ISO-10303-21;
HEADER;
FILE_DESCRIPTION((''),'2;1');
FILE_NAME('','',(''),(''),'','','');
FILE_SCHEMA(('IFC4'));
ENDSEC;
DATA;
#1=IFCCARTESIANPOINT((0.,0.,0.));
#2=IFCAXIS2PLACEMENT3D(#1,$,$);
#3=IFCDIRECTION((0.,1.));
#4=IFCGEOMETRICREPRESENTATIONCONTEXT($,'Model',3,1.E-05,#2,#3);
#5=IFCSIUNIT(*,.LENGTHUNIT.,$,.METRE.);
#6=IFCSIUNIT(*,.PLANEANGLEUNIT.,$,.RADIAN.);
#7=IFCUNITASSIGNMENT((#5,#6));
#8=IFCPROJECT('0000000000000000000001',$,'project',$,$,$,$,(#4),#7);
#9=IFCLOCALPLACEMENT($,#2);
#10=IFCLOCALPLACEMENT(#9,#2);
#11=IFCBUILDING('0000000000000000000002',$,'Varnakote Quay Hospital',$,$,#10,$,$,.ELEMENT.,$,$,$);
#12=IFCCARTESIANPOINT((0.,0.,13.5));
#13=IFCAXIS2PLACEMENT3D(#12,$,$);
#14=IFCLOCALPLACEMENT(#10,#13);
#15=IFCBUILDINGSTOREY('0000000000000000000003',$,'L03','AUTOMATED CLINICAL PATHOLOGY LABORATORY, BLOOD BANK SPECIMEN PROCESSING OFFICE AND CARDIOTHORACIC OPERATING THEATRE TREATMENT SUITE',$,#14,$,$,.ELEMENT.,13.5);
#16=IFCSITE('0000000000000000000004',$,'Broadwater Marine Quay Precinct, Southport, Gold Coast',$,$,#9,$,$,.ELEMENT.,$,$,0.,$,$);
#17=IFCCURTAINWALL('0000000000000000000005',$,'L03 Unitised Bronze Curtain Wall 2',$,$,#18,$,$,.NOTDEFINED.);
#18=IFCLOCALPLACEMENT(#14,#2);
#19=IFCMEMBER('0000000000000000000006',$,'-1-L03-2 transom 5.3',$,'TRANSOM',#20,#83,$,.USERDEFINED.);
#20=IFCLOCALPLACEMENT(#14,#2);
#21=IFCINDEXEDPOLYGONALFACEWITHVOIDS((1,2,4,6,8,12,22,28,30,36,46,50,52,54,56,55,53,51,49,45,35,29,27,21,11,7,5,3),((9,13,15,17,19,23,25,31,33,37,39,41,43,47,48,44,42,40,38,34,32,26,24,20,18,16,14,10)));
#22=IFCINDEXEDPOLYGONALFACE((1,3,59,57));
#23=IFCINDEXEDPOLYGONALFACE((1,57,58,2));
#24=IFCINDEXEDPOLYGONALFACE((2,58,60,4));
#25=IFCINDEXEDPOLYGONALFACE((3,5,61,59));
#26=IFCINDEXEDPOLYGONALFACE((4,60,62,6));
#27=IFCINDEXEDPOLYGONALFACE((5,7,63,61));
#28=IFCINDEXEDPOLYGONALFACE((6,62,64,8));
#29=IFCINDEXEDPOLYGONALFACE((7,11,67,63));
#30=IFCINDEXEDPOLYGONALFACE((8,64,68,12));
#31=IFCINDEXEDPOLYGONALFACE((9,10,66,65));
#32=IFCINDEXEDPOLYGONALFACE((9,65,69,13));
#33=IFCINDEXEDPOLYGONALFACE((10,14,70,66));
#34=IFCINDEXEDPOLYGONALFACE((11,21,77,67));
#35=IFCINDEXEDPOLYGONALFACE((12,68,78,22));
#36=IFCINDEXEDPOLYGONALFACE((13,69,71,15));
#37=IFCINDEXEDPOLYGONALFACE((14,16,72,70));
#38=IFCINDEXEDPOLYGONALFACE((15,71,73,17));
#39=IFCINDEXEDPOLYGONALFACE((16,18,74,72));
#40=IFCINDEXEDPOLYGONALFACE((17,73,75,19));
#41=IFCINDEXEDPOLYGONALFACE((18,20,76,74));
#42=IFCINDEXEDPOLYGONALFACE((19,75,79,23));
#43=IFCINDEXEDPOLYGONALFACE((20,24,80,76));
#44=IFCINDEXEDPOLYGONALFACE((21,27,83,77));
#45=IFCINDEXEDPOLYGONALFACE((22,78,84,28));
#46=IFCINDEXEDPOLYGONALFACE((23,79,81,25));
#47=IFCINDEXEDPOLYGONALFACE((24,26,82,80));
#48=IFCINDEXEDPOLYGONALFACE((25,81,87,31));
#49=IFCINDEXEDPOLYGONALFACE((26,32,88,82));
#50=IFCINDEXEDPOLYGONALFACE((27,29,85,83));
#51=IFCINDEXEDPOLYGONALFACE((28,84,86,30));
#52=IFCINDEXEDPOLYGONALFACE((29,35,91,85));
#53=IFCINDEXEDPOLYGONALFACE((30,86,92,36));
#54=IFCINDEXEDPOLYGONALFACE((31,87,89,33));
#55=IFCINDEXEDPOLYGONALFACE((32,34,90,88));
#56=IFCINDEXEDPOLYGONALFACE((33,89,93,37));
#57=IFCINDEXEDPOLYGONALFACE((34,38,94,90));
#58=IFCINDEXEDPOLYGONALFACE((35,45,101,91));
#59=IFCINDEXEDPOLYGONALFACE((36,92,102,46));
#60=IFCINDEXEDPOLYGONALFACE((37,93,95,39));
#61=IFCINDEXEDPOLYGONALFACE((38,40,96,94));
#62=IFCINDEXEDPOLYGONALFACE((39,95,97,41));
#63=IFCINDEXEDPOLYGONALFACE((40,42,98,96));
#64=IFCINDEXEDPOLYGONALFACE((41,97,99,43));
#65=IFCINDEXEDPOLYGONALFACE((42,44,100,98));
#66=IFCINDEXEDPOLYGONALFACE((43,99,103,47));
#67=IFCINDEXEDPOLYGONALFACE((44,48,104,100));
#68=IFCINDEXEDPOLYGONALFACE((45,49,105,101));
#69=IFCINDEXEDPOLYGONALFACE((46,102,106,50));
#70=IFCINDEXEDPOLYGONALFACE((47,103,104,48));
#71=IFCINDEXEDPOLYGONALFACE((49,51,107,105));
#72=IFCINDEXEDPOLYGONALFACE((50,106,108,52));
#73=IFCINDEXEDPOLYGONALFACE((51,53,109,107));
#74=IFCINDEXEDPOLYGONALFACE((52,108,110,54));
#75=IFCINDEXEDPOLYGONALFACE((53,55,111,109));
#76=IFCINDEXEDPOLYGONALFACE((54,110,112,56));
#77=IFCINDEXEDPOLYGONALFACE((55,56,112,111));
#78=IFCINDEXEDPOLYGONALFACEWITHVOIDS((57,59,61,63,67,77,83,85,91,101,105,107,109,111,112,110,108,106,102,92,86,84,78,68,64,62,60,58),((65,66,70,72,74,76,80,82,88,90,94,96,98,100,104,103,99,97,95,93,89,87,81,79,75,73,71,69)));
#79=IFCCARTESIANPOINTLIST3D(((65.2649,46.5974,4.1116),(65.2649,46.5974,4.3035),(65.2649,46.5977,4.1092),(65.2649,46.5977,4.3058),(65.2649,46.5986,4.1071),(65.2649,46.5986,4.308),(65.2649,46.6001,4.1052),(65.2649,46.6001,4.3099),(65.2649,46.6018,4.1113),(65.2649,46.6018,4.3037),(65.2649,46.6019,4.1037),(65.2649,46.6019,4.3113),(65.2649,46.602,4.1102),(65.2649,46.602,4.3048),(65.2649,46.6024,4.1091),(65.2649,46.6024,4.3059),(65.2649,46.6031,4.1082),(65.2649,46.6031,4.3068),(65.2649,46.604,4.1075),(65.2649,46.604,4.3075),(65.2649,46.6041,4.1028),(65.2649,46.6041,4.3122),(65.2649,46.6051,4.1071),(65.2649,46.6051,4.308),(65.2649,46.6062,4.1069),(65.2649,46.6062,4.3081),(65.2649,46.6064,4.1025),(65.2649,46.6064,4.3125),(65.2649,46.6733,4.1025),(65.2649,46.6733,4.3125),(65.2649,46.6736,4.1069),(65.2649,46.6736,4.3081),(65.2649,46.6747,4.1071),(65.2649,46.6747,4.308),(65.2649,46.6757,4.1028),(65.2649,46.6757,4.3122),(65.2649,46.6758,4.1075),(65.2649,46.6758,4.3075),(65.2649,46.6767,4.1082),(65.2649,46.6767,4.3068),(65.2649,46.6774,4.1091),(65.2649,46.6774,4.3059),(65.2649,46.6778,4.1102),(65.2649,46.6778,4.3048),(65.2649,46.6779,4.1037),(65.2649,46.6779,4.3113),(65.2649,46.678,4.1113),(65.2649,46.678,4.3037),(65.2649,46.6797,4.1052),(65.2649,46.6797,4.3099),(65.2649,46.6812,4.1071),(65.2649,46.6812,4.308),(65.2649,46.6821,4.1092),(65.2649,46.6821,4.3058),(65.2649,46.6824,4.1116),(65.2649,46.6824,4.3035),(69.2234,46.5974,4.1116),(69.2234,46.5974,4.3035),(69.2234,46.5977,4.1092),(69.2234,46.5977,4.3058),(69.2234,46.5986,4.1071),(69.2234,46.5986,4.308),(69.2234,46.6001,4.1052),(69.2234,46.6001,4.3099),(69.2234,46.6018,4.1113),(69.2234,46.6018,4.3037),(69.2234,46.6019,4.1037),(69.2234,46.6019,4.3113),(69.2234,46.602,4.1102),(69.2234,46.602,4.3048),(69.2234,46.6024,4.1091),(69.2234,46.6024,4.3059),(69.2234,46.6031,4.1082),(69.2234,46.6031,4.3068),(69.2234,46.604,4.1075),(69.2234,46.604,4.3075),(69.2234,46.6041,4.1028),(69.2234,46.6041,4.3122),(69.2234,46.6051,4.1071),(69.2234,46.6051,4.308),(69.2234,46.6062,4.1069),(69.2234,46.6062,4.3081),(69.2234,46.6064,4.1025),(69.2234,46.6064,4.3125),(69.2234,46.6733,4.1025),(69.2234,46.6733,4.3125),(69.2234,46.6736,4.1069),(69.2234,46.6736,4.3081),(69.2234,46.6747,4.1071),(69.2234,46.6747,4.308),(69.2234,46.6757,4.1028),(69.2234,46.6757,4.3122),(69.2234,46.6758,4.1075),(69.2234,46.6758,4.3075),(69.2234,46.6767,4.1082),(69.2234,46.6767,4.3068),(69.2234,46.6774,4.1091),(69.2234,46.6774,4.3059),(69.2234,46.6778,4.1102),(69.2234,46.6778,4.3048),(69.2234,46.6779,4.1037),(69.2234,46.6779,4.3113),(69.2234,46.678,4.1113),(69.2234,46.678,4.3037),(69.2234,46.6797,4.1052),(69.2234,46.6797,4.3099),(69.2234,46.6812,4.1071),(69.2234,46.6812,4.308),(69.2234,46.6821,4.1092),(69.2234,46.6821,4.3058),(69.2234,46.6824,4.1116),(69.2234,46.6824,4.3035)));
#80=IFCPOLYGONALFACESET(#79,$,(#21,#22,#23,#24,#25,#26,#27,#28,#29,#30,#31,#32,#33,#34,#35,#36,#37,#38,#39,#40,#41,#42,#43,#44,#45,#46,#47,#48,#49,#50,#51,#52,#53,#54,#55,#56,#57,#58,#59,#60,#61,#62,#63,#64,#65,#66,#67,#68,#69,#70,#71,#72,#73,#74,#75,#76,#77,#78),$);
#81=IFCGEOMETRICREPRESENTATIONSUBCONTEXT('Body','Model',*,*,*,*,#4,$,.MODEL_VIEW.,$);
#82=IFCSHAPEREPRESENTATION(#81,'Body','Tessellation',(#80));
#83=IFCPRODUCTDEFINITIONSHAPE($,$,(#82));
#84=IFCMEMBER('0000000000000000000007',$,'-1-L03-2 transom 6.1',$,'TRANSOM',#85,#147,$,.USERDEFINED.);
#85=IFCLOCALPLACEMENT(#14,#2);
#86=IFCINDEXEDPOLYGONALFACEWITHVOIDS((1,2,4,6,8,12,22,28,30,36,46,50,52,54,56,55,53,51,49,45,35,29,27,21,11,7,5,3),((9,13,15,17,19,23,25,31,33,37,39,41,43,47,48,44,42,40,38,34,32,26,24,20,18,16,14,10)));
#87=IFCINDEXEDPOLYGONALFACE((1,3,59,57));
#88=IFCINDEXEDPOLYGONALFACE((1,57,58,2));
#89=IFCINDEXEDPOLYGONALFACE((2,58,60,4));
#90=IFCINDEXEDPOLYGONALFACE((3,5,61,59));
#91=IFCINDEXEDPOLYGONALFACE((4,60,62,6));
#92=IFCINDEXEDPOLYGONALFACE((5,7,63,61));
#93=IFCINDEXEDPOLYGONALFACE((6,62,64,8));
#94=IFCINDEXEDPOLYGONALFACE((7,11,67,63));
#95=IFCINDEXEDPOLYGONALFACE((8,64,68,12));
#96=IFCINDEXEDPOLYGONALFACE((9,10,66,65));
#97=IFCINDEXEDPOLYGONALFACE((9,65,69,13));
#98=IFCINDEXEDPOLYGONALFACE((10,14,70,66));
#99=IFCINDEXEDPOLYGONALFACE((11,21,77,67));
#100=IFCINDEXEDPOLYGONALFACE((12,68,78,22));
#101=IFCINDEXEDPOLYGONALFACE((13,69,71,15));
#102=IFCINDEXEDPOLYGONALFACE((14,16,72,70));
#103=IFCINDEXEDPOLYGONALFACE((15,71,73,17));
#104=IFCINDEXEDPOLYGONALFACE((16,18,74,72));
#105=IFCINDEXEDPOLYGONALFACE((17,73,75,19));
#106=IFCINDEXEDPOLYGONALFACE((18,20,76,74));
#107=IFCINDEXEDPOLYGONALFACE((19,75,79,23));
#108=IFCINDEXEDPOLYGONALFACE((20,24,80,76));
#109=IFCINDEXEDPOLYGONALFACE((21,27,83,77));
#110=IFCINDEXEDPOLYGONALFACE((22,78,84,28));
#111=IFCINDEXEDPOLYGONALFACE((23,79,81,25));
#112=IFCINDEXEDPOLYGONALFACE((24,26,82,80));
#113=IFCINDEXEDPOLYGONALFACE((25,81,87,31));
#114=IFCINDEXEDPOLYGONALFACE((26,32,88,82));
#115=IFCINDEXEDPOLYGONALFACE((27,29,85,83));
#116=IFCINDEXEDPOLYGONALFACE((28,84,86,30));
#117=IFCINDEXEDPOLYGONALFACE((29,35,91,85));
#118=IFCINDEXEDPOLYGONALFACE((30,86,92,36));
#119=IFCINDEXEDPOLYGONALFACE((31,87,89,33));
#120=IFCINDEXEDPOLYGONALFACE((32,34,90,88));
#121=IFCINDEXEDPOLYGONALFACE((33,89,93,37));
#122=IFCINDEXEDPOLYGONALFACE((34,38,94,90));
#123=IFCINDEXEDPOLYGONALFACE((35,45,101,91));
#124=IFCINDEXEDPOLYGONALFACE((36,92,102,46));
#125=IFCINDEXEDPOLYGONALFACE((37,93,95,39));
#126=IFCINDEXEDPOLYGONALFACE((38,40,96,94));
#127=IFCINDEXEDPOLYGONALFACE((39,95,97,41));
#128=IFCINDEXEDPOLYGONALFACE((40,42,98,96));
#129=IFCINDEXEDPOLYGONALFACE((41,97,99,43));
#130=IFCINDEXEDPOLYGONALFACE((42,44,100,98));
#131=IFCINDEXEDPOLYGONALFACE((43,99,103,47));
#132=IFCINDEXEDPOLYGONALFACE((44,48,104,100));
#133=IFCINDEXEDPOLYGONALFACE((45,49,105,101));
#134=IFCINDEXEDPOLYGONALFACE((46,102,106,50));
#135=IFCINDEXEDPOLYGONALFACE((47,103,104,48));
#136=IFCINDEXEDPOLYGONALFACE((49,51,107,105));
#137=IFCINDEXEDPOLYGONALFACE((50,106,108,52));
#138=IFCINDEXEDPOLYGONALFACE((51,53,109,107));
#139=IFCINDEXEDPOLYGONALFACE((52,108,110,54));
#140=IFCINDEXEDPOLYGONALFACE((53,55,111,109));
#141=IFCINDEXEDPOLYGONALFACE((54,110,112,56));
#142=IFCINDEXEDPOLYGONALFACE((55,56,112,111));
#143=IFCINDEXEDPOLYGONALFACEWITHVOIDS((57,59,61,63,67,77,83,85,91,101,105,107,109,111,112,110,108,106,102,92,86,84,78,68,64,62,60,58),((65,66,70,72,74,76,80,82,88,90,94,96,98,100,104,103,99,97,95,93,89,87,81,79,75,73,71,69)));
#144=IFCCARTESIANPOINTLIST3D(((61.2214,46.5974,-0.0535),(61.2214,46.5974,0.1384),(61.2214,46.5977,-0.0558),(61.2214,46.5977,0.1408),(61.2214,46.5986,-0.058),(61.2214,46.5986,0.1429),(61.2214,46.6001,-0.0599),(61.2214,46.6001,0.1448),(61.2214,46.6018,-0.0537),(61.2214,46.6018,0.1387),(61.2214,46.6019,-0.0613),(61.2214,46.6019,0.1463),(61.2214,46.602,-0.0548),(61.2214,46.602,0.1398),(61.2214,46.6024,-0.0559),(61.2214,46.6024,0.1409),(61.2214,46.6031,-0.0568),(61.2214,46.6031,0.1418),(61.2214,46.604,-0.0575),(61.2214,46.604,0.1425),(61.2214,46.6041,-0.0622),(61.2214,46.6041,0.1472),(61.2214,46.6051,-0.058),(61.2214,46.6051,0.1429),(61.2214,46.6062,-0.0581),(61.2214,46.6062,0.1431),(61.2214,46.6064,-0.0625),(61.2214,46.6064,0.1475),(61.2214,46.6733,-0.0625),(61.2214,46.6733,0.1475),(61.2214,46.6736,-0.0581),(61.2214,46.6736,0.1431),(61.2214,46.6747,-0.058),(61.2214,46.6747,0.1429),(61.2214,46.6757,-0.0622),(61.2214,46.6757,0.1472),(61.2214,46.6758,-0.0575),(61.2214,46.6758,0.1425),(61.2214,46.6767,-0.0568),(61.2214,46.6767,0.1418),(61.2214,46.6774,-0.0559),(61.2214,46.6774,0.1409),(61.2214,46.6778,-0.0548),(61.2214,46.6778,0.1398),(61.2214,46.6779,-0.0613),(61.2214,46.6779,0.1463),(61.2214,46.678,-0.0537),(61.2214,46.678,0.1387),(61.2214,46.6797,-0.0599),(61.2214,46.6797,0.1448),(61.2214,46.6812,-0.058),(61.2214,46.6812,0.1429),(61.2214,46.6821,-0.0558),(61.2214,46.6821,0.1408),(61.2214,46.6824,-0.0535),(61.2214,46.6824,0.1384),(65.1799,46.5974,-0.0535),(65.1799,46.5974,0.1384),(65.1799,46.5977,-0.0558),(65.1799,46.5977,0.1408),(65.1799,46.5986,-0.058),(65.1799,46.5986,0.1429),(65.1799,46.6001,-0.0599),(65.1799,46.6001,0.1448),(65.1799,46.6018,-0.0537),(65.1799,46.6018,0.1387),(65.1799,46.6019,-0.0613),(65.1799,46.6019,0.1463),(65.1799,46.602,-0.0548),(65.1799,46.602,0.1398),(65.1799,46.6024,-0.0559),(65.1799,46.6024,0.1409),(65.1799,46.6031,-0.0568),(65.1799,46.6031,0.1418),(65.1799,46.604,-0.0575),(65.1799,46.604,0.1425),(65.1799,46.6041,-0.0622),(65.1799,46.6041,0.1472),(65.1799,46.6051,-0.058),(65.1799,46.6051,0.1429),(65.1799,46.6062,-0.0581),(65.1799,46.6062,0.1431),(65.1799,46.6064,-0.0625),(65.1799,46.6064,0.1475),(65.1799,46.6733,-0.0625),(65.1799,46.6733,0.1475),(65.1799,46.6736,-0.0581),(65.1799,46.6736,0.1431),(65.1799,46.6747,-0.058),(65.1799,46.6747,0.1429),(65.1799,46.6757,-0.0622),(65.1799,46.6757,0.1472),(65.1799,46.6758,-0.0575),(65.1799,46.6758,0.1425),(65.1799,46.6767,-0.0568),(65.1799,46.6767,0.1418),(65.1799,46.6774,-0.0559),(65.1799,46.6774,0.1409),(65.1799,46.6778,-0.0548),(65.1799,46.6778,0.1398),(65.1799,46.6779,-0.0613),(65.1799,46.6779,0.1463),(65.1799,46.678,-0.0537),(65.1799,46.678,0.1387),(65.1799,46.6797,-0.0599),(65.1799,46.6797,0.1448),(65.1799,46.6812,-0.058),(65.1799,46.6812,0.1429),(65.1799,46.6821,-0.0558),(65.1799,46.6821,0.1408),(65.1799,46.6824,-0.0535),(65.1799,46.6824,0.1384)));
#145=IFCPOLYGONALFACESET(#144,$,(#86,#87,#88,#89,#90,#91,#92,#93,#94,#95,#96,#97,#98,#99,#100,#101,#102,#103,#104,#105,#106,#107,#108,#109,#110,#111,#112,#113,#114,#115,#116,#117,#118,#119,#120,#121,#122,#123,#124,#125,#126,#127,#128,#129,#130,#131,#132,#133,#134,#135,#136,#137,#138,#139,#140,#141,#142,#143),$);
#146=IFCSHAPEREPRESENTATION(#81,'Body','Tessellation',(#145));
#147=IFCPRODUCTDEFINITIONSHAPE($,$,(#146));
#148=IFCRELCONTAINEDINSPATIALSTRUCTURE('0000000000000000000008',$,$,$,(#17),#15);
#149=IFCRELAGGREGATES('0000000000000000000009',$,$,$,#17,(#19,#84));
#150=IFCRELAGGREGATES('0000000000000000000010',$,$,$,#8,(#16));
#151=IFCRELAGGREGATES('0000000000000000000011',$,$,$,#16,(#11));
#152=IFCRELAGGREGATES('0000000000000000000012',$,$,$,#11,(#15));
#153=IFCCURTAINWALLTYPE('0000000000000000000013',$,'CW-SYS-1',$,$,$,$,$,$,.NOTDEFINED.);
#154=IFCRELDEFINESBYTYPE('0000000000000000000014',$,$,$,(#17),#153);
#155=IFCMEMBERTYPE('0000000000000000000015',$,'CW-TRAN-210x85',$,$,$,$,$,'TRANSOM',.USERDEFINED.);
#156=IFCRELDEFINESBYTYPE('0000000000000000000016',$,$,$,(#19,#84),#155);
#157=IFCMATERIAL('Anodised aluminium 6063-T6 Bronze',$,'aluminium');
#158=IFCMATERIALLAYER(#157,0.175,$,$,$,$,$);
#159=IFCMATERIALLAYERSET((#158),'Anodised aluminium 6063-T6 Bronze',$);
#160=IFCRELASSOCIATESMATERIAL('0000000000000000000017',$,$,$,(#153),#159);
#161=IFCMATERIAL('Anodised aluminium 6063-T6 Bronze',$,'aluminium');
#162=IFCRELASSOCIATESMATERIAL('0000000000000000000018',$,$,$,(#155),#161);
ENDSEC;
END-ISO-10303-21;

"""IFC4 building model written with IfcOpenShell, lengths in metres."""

from ifc_helpers import new_model, si_unit, direction, frame, origin, origin_2d, place, context, subcontext, project, spatial, hollow_rectangle, extrude, material, layer, layer_set, material_profile, profile_set, type_object, element, aggregate, save


model = new_model("IFC4")

# Units and contexts
model_context = context("Model", 3, precision=1e-05, world=origin(), true_north=direction((0.0, 1.0)))
body_context = subcontext(model_context, "Body", "Model", "MODEL_VIEW")
ifc_project = project(units=[si_unit("LENGTHUNIT", "METRE"), si_unit("PLANEANGLEUNIT", "RADIAN")], contexts=[model_context])

# Site, building, storey
site_placement = place(None, origin())
site = spatial("IfcSite", under=ifc_project, at=site_placement, Name="Broadwater Marine Quay Precinct, Southport, Gold Coast", CompositionType="ELEMENT", RefElevation=0.0)
building_placement = place(site_placement, origin())
building = spatial("IfcBuilding", under=site, at=building_placement, Name="Varnakote Quay Hospital", CompositionType="ELEMENT")
storey_placement = place(building_placement, frame((0.0, 0.0, 13.5)))
storey = spatial("IfcBuildingStorey", under=building, at=storey_placement, Name="L03", Description="AUTOMATED CLINICAL PATHOLOGY LABORATORY, BLOOD BANK SPECIMEN PROCESSING OFFICE AND CARDIOTHORACIC OPERATING THEATRE TREATMENT SUITE", CompositionType="ELEMENT", Elevation=13.5)

# Curtain wall, members
ifc_material_1 = material(Name="Anodised aluminium 6063-T6 Bronze", Category="aluminium")
ifc_layer_1 = layer(ifc_material_1, 0.175)
ifc_layer_set_1 = layer_set([ifc_layer_1], Name="Anodised aluminium 6063-T6 Bronze")
curtain_wall_type = type_object("IfcCurtainWallType", Name="CW-SYS-1", PredefinedType="NOTDEFINED", material=ifc_layer_set_1)
curtain_wall_placement = place(storey_placement, origin())
curtain_wall = element("IfcCurtainWall", 1, at=curtain_wall_placement, inside=storey, type_object=curtain_wall_type, Name="L03 Unitised Bronze Curtain Wall 2", PredefinedType="NOTDEFINED")
ifc_material_2 = material(Name="Anodised aluminium 6063-T6 Bronze", Category="aluminium")
ifc_material_profile_1 = material_profile(ifc_material_2, hollow_rectangle(XDim=0.085, YDim=0.21, WallThickness=0.0044, InnerFilletRadius=0.0044, OuterFilletRadius=0.009, at=origin_2d()), Name="CW-TRAN-210x85")
ifc_profile_set_1 = profile_set([ifc_material_profile_1], Name="Anodised aluminium 6063-T6 Bronze")
member_type_1 = type_object("IfcMemberType", Name="CW-TRAN-210x85", ElementType="TRANSOM", PredefinedType="USERDEFINED", material=ifc_profile_set_1)
member_1_placement = place(storey_placement, frame((69.2234, 46.6399, 4.2075), z_axis=(-1.0, 0.0, 0.0), x_axis=(0.0, -1.0, 0.0)))
member_1 = element("IfcMember", 2, at=member_1_placement, type_object=member_type_1, Name="-1-L03-2 transom 5.3", ObjectType="TRANSOM", PredefinedType="USERDEFINED", context=body_context, shape_type="SweptSolid", body=[
    extrude(hollow_rectangle(XDim=0.085, YDim=0.21, WallThickness=0.0044, InnerFilletRadius=0.0044, OuterFilletRadius=0.009, at=origin_2d()), origin(), (0.0, 0.0, 1.0), 3.9585),
])
member_2_placement = place(storey_placement, frame((65.1799, 46.6399, 0.0425), z_axis=(-1.0, 0.0, 0.0), x_axis=(0.0, -1.0, 0.0)))
member_2 = element("IfcMember", 3, at=member_2_placement, type_object=member_type_1, Name="-1-L03-2 transom 6.1", ObjectType="TRANSOM", PredefinedType="USERDEFINED", context=body_context, shape_type="SweptSolid", body=[
    extrude(hollow_rectangle(XDim=0.085, YDim=0.21, WallThickness=0.0044, InnerFilletRadius=0.0044, OuterFilletRadius=0.009, at=origin_2d()), origin(), (0.0, 0.0, 1.0), 3.9585),
])

aggregate(curtain_wall, [member_1, member_2])

save(model, "model.ifc")
